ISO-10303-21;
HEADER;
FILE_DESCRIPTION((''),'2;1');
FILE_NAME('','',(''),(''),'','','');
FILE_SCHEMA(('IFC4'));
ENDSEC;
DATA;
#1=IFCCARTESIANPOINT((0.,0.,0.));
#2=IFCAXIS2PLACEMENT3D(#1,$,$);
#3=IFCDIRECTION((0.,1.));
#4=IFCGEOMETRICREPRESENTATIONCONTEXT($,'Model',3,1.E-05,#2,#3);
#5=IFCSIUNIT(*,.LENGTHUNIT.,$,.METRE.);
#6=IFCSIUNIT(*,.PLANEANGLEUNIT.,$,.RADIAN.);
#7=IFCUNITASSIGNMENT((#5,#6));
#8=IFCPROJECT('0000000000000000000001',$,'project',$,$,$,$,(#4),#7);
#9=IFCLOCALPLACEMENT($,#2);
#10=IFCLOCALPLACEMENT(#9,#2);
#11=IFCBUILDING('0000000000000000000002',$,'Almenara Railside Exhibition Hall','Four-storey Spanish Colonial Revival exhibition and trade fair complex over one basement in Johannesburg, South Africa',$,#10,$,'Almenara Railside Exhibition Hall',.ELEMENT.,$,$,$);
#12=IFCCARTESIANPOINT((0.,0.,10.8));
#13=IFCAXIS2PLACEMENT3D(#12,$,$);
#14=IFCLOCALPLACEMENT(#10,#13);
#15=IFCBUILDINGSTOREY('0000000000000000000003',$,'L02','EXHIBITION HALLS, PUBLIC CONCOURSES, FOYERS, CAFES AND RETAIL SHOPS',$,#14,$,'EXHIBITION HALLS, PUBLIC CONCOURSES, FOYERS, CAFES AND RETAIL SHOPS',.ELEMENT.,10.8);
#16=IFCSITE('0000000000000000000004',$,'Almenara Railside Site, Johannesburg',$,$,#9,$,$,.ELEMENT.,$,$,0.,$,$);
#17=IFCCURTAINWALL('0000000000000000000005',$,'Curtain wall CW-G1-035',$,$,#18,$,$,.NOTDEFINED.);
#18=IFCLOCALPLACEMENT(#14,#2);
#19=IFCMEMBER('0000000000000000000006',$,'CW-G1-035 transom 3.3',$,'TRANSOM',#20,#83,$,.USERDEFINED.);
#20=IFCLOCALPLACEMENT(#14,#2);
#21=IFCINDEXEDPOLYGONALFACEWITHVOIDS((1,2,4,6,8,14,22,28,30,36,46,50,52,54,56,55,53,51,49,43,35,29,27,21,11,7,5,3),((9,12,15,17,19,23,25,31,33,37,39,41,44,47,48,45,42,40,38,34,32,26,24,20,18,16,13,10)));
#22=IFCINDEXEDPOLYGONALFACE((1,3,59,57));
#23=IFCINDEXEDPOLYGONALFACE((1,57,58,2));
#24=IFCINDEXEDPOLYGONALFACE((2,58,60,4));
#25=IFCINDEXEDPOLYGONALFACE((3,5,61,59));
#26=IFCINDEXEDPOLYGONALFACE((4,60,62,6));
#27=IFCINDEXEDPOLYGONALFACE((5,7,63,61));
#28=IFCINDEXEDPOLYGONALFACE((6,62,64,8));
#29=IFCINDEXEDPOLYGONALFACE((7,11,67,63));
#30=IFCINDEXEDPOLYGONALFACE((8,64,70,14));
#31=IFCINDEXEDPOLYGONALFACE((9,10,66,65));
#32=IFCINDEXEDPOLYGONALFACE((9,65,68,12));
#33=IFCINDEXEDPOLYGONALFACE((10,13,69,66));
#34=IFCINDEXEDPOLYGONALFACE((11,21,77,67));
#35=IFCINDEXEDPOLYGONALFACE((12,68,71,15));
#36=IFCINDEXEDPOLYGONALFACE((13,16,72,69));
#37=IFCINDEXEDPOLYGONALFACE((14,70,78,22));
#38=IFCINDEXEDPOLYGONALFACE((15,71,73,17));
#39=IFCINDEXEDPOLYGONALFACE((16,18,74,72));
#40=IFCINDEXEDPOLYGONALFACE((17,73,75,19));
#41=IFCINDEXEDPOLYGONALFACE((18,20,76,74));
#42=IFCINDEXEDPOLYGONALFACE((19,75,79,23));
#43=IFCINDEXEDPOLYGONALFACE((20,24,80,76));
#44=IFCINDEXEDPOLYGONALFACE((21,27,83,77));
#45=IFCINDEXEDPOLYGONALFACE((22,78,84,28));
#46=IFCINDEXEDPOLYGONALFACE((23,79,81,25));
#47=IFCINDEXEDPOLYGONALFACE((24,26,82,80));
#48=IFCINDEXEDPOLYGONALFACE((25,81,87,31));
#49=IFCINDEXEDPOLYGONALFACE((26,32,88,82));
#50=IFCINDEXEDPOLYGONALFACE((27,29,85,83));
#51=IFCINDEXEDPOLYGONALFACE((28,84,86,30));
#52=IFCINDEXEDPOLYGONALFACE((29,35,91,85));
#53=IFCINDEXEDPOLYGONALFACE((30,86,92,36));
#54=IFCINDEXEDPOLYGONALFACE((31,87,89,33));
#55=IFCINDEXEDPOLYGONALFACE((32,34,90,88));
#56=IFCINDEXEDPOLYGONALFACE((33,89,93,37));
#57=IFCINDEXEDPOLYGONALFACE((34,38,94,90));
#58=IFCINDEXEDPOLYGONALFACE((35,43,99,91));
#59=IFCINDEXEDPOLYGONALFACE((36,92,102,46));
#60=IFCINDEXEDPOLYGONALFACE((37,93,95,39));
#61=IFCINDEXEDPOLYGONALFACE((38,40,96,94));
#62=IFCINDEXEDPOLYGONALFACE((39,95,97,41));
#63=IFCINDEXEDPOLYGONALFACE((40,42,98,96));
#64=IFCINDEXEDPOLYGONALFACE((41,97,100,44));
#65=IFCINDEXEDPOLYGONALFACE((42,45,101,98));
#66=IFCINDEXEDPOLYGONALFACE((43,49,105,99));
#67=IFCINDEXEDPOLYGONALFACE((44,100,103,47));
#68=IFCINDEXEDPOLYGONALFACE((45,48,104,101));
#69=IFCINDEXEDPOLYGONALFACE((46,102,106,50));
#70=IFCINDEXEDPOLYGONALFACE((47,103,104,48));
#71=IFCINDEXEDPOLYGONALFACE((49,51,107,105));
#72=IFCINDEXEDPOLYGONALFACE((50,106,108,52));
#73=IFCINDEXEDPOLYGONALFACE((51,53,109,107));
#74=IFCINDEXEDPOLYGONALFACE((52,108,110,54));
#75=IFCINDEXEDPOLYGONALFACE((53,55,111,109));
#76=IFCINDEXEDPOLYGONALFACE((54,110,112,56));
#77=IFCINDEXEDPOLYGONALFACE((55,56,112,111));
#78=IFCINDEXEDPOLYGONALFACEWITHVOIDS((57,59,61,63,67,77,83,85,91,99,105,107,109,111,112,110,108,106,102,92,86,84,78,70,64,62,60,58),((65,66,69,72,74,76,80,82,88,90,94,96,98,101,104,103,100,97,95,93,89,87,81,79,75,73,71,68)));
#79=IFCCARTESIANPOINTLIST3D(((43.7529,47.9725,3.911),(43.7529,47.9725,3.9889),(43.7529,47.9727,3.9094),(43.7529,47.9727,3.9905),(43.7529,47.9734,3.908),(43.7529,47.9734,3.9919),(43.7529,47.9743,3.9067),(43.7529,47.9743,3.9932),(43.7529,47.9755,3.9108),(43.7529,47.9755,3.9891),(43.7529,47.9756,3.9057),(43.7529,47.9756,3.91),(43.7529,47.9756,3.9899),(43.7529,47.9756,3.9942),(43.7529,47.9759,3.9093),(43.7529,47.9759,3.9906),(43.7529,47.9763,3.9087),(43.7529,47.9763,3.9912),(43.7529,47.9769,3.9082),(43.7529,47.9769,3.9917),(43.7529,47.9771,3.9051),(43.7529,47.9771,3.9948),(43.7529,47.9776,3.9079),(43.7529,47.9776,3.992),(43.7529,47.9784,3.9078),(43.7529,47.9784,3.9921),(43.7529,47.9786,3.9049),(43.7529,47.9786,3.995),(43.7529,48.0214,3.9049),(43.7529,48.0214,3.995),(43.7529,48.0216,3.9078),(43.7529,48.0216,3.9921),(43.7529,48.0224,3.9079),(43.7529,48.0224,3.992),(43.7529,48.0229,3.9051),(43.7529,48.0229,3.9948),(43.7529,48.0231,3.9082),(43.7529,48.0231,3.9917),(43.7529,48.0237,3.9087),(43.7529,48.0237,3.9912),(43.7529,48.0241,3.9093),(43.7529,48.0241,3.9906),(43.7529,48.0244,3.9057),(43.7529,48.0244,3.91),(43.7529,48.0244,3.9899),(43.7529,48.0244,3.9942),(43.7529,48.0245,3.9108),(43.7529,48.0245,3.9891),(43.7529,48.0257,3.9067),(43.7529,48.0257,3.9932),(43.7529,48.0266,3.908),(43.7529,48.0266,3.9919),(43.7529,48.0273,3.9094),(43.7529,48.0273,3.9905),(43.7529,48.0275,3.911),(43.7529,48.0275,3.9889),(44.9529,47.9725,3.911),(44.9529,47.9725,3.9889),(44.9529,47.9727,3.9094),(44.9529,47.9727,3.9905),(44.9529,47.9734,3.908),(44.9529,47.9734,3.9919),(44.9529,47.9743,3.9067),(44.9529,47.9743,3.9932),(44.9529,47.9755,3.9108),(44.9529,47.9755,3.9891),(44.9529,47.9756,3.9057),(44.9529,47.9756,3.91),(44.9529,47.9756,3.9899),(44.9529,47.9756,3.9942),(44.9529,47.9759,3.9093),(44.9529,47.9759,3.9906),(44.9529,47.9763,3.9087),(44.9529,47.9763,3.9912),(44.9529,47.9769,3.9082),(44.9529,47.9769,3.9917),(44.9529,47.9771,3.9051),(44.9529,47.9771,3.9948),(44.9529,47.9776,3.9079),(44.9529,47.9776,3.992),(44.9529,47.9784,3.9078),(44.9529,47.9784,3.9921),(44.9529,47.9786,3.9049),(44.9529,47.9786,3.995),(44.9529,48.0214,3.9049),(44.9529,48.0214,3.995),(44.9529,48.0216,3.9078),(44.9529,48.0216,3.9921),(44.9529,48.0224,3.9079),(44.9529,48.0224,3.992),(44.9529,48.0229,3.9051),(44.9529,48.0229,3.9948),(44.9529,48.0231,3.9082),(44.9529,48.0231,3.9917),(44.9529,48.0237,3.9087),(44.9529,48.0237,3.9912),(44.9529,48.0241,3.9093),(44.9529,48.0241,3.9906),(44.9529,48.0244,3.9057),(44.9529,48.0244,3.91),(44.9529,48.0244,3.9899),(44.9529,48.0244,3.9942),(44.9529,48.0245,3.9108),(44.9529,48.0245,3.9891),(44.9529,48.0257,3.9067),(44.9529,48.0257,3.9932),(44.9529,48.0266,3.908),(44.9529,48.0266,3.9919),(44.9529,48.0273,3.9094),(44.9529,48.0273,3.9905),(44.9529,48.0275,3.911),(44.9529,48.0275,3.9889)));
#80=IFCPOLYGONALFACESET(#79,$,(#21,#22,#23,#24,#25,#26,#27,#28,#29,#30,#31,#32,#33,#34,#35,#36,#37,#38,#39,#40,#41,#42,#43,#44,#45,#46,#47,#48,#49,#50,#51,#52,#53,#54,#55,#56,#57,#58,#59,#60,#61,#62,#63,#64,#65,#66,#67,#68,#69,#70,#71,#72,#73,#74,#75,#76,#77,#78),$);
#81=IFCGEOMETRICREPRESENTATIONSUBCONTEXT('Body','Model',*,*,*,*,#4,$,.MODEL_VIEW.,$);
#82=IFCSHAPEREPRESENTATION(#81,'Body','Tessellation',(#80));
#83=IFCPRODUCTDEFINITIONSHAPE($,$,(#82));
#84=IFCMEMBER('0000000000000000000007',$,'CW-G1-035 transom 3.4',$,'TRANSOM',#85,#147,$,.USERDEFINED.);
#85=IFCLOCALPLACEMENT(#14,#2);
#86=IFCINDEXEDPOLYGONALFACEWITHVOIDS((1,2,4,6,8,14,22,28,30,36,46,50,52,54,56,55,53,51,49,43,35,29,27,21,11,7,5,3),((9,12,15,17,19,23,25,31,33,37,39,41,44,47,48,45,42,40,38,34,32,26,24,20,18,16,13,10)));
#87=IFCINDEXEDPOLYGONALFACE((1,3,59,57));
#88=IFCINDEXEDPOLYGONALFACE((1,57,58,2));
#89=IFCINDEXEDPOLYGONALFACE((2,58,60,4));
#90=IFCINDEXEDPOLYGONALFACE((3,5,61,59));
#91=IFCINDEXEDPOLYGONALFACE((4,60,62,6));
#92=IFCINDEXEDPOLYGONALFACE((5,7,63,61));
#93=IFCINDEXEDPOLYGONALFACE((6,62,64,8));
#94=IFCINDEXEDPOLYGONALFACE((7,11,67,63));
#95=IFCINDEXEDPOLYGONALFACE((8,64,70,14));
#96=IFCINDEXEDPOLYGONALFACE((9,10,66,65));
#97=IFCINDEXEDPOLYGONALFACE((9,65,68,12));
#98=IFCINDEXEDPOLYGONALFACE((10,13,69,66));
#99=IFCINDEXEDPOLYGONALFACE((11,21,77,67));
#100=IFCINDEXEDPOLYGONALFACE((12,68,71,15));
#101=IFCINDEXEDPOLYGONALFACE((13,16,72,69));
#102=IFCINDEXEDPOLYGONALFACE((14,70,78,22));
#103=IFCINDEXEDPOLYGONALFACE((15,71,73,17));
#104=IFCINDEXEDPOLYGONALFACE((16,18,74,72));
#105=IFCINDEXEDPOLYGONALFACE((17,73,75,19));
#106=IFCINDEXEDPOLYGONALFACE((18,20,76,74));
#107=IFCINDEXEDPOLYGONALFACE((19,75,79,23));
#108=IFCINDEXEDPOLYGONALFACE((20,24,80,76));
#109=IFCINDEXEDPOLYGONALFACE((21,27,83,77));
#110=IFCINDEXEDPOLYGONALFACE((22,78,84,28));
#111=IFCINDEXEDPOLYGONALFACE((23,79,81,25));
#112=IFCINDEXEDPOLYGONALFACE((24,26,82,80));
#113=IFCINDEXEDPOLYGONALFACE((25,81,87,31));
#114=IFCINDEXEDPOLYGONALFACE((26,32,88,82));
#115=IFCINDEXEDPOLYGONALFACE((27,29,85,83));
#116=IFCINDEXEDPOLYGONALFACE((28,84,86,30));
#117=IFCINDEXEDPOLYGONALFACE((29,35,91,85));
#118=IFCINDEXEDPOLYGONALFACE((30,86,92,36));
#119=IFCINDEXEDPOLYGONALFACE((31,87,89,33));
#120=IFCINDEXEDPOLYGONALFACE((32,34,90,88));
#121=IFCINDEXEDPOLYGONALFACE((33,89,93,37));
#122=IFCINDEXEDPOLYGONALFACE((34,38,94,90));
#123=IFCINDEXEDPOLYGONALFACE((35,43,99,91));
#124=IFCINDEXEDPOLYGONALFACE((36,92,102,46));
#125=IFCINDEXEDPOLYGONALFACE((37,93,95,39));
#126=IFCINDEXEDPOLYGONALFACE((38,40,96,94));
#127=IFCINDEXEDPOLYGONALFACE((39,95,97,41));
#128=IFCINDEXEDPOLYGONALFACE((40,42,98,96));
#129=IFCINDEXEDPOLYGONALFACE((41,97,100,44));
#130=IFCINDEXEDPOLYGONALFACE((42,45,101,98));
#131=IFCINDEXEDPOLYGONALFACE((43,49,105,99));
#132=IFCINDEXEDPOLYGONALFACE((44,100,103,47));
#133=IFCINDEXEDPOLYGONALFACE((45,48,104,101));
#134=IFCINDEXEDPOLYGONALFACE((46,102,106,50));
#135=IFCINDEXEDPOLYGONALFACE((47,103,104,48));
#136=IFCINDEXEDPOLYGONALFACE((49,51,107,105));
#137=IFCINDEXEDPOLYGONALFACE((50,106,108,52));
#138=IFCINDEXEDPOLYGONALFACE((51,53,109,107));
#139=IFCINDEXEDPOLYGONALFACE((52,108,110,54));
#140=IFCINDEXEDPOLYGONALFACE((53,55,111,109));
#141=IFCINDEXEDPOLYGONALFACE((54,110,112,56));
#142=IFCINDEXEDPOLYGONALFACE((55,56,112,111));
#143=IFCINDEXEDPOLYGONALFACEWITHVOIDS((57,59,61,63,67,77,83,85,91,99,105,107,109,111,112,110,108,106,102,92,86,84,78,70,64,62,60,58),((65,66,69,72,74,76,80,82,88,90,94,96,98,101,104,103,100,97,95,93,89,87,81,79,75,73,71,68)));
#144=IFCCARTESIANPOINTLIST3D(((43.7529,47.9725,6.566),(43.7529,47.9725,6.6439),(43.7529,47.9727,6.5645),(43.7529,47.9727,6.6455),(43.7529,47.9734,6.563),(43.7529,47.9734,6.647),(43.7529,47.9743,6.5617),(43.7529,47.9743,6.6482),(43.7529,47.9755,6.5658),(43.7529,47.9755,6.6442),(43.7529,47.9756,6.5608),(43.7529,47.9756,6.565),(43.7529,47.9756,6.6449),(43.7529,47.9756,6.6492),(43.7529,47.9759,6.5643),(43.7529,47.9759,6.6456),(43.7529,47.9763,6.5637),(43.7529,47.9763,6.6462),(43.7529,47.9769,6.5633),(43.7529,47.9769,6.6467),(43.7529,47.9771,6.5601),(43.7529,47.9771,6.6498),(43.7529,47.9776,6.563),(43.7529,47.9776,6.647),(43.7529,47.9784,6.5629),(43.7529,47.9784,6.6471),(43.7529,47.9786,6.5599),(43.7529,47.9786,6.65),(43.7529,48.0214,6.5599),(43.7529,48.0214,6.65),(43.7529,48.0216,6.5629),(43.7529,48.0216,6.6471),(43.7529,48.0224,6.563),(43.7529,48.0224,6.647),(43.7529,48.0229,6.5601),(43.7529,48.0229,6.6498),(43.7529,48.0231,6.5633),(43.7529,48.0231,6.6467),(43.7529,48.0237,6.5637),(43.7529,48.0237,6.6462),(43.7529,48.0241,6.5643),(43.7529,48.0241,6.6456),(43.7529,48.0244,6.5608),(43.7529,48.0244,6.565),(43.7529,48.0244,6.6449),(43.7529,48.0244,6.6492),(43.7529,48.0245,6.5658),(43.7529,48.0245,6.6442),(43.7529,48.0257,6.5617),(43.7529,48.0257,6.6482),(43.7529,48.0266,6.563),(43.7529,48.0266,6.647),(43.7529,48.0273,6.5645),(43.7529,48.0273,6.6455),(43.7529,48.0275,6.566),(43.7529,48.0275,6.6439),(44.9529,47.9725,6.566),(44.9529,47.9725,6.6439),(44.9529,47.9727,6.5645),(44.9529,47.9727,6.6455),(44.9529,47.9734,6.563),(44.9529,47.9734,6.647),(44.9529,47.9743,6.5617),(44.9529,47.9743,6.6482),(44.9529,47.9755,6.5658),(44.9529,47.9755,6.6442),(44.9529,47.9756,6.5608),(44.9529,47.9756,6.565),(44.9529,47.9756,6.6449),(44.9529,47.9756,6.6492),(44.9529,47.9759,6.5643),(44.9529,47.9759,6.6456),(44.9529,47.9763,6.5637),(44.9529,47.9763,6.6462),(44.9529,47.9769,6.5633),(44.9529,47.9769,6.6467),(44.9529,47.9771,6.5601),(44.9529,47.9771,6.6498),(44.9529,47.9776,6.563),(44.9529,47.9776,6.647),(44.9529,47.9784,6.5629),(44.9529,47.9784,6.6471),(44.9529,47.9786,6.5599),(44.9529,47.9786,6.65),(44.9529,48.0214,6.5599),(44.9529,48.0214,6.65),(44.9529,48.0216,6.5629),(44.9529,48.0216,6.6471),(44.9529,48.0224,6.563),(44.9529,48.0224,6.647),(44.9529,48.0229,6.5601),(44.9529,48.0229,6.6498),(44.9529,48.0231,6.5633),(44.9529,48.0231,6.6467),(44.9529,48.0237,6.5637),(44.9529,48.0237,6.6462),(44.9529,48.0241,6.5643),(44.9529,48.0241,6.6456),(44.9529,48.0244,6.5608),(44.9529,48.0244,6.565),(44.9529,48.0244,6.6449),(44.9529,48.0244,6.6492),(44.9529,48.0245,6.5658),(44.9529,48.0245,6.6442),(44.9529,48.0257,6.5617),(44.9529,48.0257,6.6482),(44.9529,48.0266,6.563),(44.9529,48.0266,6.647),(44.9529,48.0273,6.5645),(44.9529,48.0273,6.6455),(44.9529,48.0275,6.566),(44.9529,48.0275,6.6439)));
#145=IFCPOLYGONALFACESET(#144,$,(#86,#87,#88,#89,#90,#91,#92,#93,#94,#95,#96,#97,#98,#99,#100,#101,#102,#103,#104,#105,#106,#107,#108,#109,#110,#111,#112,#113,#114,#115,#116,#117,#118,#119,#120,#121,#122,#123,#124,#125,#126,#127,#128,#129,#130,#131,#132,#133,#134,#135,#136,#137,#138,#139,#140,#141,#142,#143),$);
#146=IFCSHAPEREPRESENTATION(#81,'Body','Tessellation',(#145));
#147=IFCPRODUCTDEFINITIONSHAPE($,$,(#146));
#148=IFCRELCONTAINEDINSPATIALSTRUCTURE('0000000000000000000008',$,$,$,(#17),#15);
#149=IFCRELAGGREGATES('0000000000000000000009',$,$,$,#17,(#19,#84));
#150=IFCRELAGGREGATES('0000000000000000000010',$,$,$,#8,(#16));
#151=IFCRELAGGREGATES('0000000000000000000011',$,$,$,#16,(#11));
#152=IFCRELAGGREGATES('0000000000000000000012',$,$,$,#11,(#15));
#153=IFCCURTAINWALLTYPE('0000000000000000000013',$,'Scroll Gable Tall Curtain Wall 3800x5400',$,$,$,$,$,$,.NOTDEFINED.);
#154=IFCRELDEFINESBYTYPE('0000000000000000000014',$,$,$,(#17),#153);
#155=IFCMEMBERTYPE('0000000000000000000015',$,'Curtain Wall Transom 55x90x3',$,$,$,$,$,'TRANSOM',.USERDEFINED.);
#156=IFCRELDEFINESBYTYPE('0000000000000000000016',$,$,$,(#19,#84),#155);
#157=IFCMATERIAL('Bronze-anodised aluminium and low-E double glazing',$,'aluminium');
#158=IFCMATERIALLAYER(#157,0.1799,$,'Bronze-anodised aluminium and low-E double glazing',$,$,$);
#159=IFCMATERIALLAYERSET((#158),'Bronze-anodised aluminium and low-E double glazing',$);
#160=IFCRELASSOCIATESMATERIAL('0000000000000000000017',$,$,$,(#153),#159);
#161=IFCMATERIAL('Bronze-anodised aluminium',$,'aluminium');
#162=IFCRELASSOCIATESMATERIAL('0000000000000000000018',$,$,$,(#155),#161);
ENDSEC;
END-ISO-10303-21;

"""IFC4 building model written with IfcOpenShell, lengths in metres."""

from ifc_helpers import new_model, si_unit, direction, frame, origin, origin_2d, place, context, subcontext, project, spatial, hollow_rectangle, extrude, material, layer, layer_set, material_profile, profile_set, type_object, element, aggregate, save


model = new_model("IFC4")

# Units and contexts
model_context = context("Model", 3, precision=1e-05, world=origin(), true_north=direction((0.0, 1.0)))
body_context = subcontext(model_context, "Body", "Model", "MODEL_VIEW")
ifc_project = project(units=[si_unit("LENGTHUNIT", "METRE"), si_unit("PLANEANGLEUNIT", "RADIAN")], contexts=[model_context])

# Site, building, storey
site_placement = place(None, origin())
site = spatial("IfcSite", under=ifc_project, at=site_placement, Name="Almenara Railside Site, Johannesburg", CompositionType="ELEMENT", RefElevation=0.0)
building_placement = place(site_placement, origin())
building = spatial("IfcBuilding", under=site, at=building_placement, Name="Almenara Railside Exhibition Hall", Description="Four-storey Spanish Colonial Revival exhibition and trade fair complex over one basement in Johannesburg, South Africa", LongName="Almenara Railside Exhibition Hall", CompositionType="ELEMENT")
storey_placement = place(building_placement, frame((0.0, 0.0, 10.8)))
storey = spatial("IfcBuildingStorey", under=building, at=storey_placement, Name="L02", Description="EXHIBITION HALLS, PUBLIC CONCOURSES, FOYERS, CAFES AND RETAIL SHOPS", LongName="EXHIBITION HALLS, PUBLIC CONCOURSES, FOYERS, CAFES AND RETAIL SHOPS", CompositionType="ELEMENT", Elevation=10.8)

# Curtain wall
ifc_material_1 = material(Name="Bronze-anodised aluminium and low-E double glazing", Category="aluminium")
ifc_layer_1 = layer(ifc_material_1, 0.1799, Name="Bronze-anodised aluminium and low-E double glazing")
ifc_layer_set_1 = layer_set([ifc_layer_1], Name="Bronze-anodised aluminium and low-E double glazing")
curtain_wall_type = type_object("IfcCurtainWallType", Name="Scroll Gable Tall Curtain Wall 3800x5400", PredefinedType="NOTDEFINED", material=ifc_layer_set_1)
curtain_wall_1_placement = place(storey_placement, origin())
curtain_wall_1 = element("IfcCurtainWall", 1, at=curtain_wall_1_placement, inside=storey, type_object=curtain_wall_type, Name="Curtain wall CW-G1-035", PredefinedType="NOTDEFINED")
ifc_material_2 = material(Name="Bronze-anodised aluminium", Category="aluminium")

# Members
ifc_material_profile_1 = material_profile(ifc_material_2, hollow_rectangle(XDim=0.0549, YDim=0.0901, WallThickness=0.0029, InnerFilletRadius=0.0029, OuterFilletRadius=0.0061, at=origin_2d()), Name="ALU-TRN 55x90x3")
ifc_profile_set_1 = profile_set([ifc_material_profile_1], Name="Bronze-anodised aluminium")
member_type_1 = type_object("IfcMemberType", Name="Curtain Wall Transom 55x90x3", ElementType="TRANSOM", PredefinedType="USERDEFINED", material=ifc_profile_set_1)
member_1_placement = place(storey_placement, frame((43.7529, 48.0, 3.95), z_axis=(1.0, 0.0, 0.0), x_axis=(0.0, 1.0, 0.0)))
member_1 = element("IfcMember", 2, at=member_1_placement, type_object=member_type_1, Name="CW-G1-035 transom 3.3", ObjectType="TRANSOM", PredefinedType="USERDEFINED", context=body_context, shape_type="SweptSolid", body=[
    extrude(hollow_rectangle(XDim=0.0549, YDim=0.0901, WallThickness=0.0029, InnerFilletRadius=0.0029, OuterFilletRadius=0.0061, at=origin_2d()), origin(), (0.0, 0.0, 1.0), 1.2),
])
member_2_placement = place(storey_placement, frame((43.7529, 48.0, 6.605), z_axis=(1.0, 0.0, 0.0), x_axis=(0.0, 1.0, 0.0)))
member_2 = element("IfcMember", 3, at=member_2_placement, type_object=member_type_1, Name="CW-G1-035 transom 3.4", ObjectType="TRANSOM", PredefinedType="USERDEFINED", context=body_context, shape_type="SweptSolid", body=[
    extrude(hollow_rectangle(XDim=0.0549, YDim=0.0901, WallThickness=0.0029, InnerFilletRadius=0.0029, OuterFilletRadius=0.0061, at=origin_2d()), origin(), (0.0, 0.0, 1.0), 1.2),
])

aggregate(curtain_wall_1, [member_1, member_2])

save(model, "model.ifc")
